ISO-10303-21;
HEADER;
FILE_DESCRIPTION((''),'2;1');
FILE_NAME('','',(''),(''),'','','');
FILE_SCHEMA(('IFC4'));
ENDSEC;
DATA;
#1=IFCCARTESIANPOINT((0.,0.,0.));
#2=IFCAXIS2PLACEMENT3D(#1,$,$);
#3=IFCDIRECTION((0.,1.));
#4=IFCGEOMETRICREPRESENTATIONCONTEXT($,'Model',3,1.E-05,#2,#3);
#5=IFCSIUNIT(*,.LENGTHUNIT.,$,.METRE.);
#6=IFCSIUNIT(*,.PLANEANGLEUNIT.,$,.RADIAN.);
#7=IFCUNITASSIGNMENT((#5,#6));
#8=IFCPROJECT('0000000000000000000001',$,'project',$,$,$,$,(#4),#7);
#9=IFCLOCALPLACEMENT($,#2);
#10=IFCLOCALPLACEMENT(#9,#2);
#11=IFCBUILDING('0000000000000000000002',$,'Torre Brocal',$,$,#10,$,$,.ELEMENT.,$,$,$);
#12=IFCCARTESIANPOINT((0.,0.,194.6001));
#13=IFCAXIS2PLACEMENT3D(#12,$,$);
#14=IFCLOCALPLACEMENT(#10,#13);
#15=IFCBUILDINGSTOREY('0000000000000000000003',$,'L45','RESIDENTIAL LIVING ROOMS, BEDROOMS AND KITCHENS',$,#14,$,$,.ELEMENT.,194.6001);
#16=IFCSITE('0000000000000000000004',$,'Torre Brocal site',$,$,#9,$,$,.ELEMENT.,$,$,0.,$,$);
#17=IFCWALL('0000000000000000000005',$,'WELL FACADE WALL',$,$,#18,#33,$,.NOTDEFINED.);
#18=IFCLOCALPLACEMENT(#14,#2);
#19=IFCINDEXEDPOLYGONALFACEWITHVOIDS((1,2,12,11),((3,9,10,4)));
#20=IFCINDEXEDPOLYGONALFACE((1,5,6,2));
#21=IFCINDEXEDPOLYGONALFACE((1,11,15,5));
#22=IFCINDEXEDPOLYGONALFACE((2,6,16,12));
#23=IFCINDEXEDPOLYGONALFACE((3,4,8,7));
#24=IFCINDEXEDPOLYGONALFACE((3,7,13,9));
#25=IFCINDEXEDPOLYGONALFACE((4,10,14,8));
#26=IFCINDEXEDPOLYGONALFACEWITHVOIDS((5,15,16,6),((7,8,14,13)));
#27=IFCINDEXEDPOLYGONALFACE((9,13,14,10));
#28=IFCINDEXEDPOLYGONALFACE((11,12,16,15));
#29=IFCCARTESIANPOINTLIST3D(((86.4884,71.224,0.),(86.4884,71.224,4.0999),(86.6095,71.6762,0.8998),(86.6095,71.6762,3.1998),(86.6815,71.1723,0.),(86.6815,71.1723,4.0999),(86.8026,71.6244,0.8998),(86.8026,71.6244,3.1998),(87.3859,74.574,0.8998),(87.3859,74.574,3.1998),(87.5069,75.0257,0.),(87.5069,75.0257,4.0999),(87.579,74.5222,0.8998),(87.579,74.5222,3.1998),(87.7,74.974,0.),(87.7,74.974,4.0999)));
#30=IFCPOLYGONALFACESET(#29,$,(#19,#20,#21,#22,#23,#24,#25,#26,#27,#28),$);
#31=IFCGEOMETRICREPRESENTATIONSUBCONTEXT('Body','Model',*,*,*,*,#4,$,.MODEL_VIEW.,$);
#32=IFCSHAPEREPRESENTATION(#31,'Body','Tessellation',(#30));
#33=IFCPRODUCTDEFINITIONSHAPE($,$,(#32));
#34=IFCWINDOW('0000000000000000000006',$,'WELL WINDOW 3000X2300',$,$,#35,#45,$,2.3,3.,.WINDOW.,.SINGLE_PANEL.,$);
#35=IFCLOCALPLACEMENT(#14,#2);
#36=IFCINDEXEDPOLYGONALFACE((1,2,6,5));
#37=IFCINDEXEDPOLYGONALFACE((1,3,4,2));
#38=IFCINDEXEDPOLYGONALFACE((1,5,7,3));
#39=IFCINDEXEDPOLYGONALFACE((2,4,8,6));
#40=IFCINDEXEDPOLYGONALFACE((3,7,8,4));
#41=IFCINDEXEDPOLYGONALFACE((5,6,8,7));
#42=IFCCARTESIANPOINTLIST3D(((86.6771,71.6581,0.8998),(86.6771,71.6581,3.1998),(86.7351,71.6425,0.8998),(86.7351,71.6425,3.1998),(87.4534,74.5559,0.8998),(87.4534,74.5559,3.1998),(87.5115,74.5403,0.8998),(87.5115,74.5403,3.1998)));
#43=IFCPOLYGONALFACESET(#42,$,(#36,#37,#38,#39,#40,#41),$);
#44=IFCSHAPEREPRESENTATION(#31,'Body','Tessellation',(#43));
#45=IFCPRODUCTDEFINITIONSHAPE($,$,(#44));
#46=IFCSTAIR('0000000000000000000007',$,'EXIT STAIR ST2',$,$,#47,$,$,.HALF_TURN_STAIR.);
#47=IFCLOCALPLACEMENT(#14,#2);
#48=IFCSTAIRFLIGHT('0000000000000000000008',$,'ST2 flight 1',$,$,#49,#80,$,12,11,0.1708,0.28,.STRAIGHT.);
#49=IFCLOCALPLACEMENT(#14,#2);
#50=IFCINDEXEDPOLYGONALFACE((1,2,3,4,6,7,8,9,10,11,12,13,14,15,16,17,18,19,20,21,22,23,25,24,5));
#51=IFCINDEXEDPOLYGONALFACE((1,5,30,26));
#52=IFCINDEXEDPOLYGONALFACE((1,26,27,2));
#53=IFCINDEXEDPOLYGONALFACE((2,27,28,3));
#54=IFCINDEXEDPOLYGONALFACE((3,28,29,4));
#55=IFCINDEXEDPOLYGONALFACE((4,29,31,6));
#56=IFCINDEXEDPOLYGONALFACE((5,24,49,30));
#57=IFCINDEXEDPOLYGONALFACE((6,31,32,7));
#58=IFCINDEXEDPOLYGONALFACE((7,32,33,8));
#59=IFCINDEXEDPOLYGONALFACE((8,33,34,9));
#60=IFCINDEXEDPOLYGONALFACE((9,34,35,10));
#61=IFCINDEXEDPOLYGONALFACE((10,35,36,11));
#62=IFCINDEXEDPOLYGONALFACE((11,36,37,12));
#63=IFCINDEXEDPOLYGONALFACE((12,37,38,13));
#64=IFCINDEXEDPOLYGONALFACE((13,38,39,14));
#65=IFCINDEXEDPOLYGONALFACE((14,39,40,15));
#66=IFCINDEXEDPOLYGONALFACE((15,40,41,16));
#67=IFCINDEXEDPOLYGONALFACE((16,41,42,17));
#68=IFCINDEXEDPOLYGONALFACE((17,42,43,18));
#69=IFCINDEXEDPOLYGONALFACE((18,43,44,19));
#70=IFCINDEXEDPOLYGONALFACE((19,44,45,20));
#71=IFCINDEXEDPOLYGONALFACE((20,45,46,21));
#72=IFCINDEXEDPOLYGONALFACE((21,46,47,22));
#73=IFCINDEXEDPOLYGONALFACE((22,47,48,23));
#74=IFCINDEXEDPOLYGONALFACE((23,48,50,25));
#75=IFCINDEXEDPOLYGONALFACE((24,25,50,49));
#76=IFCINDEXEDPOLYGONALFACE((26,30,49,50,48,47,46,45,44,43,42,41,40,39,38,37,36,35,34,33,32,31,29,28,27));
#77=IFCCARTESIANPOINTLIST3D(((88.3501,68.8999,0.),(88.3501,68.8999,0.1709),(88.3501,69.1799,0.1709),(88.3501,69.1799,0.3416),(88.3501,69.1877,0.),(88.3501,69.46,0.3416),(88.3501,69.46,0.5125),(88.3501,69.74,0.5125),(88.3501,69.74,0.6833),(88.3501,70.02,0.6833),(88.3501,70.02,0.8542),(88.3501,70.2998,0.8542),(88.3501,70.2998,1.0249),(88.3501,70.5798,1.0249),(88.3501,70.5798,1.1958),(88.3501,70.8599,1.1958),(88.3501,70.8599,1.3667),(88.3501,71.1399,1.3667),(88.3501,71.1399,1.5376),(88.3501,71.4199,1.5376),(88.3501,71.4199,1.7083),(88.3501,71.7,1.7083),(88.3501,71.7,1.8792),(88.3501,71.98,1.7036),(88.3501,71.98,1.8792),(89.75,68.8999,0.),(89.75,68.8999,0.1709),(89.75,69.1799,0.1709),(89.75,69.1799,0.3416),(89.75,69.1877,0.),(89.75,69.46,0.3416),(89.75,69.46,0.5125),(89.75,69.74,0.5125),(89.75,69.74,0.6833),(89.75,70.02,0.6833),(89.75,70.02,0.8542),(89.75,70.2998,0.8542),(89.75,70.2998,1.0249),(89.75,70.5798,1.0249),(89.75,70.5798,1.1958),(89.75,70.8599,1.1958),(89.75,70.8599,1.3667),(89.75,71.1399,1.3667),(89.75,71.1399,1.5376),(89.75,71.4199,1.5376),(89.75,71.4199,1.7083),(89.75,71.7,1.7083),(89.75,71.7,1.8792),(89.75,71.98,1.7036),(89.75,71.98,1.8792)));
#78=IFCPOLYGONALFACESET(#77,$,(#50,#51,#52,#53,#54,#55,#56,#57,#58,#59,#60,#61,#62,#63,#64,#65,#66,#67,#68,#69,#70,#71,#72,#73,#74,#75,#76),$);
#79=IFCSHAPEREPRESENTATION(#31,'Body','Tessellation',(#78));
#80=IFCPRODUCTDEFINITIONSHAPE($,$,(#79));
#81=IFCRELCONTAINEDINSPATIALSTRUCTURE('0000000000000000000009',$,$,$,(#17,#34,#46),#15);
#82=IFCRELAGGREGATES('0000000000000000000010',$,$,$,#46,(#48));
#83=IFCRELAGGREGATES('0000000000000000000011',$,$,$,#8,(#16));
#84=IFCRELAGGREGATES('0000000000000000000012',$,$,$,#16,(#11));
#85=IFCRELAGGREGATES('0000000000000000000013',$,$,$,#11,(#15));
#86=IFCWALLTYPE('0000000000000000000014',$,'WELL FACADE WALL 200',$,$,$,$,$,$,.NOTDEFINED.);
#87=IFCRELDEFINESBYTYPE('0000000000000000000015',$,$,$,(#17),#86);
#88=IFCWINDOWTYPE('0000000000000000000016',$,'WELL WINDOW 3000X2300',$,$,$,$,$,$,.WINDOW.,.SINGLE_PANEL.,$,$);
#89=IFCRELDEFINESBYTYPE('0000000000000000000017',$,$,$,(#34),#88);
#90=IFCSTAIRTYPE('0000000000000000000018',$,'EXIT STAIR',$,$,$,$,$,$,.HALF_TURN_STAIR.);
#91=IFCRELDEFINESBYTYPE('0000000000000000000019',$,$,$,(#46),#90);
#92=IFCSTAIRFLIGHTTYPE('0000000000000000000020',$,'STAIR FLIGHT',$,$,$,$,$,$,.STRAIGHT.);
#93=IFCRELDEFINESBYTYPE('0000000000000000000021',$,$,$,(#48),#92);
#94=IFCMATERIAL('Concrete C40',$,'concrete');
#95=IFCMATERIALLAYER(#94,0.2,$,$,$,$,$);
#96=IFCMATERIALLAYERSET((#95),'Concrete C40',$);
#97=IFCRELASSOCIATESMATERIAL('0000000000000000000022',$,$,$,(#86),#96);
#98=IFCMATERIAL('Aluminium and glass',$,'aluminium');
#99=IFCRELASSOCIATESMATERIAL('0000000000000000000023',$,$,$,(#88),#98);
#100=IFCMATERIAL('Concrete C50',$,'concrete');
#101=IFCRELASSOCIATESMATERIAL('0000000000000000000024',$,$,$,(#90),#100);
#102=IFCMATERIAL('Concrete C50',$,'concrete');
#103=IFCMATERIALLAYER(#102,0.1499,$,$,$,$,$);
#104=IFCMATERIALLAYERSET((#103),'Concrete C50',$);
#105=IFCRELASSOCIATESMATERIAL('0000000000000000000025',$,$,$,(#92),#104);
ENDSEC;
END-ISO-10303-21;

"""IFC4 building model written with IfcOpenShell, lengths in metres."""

from ifc_helpers import new_model, si_unit, direction, frame, frame_2d, origin, place, context, subcontext, project, spatial, polyline, rectangle, outline, extrude, material, layer, layer_set, type_object, element, fill, aggregate, save


model = new_model("IFC4")

# Units and contexts
model_context = context("Model", 3, precision=1e-05, world=origin(), true_north=direction((0.0, 1.0)))
body_context = subcontext(model_context, "Body", "Model", "MODEL_VIEW")
ifc_project = project(units=[si_unit("LENGTHUNIT", "METRE"), si_unit("PLANEANGLEUNIT", "RADIAN")], contexts=[model_context])

# Site, building, storey
site_placement = place(None, origin())
site = spatial("IfcSite", under=ifc_project, at=site_placement, Name="Torre Brocal site", CompositionType="ELEMENT", RefElevation=0.0)
building_placement = place(site_placement, origin())
building = spatial("IfcBuilding", under=site, at=building_placement, Name="Torre Brocal", CompositionType="ELEMENT")
storey_placement = place(building_placement, frame((0.0, 0.0, 194.6001)))
storey = spatial("IfcBuildingStorey", under=building, at=storey_placement, Name="L45", Description="RESIDENTIAL LIVING ROOMS, BEDROOMS AND KITCHENS", CompositionType="ELEMENT", Elevation=194.6001)

# Wall, opening, window
ifc_material_1 = material(Name="Concrete C40", Category="concrete")
ifc_layer_1 = layer(ifc_material_1, 0.2)
ifc_layer_set_1 = layer_set([ifc_layer_1], Name="Concrete C40")
wall_type_1 = type_object("IfcWallType", Name="WELL FACADE WALL 200", PredefinedType="NOTDEFINED", material=ifc_layer_set_1)
ifc_material_2 = material(Name="Aluminium and glass", Category="aluminium")
window_type = type_object("IfcWindowType", Name="WELL WINDOW 3000X2300", PartitioningType="SINGLE_PANEL", PredefinedType="WINDOW", material=ifc_material_2)
wall_1_placement = place(storey_placement, frame((86.585, 71.1982, 0.0), z_axis=(0.0, 0.0, 1.0), x_axis=(0.25879, 0.965934, 0.0)))
wall_1 = element("IfcWall", 1, at=wall_1_placement, inside=storey, type_object=wall_type_1, Name="WELL FACADE WALL", PredefinedType="NOTDEFINED", context=body_context, shape_type="SweptSolid", body=[
    extrude(rectangle(XDim=3.9358, YDim=0.2, at=frame_2d((1.9678, 0.0))), origin(), (0.0, 0.0, 1.0), 4.0999),
])
opening_1_placement = place(wall_1_placement, frame((0.468, 0.0, 0.8999)))
opening_1 = element("IfcOpeningElement", 2, at=opening_1_placement, cuts=wall_1, PredefinedType="OPENING", context=body_context, shape_type="SweptSolid", body=[
    extrude(rectangle(XDim=3.0, YDim=2.3, at=frame_2d((1.5, 1.1499))), frame((0.0, 0.1099, 0.0), z_axis=(0.0, -1.0, 0.0), x_axis=(1.0, 0.0, 0.0)), (0.0, 0.0, 1.0), 0.22),
])
window_1_placement = place(opening_1_placement, origin())
window_1 = element("IfcWindow", 3, at=window_1_placement, inside=storey, type_object=window_type, Name="WELL WINDOW 3000X2300", OverallHeight=2.3, OverallWidth=3.0, PartitioningType="SINGLE_PANEL", PredefinedType="WINDOW", context=body_context, shape_type="SweptSolid", body=[
    extrude(rectangle(XDim=3.0, YDim=2.3, at=frame_2d((1.5, 1.1499))), frame((0.0, 0.03, 0.0), z_axis=(0.0, -1.0, 0.0), x_axis=(1.0, 0.0, 0.0)), (0.0, 0.0, 1.0), 0.0601),
])
fill(opening_1, window_1)

# Stair, stair flight
ifc_material_3 = material(Name="Concrete C50", Category="concrete")
stair_type = type_object("IfcStairType", Name="EXIT STAIR", PredefinedType="HALF_TURN_STAIR", material=ifc_material_3)
stair_placement = place(storey_placement, origin())
stair = element("IfcStair", 4, at=stair_placement, inside=storey, type_object=stair_type, Name="EXIT STAIR ST2", PredefinedType="HALF_TURN_STAIR")
ifc_material_4 = material(Name="Concrete C50", Category="concrete")
ifc_layer_2 = layer(ifc_material_4, 0.1499)
ifc_layer_set_2 = layer_set([ifc_layer_2], Name="Concrete C50")
stair_flight_type = type_object("IfcStairFlightType", Name="STAIR FLIGHT", PredefinedType="STRAIGHT", material=ifc_layer_set_2)
stair_flight_placement = place(storey_placement, frame((89.05, 68.8999, 0.0), z_axis=(0.0, 0.0, 1.0), x_axis=(0.0, 1.0, 0.0)))
stair_flight = element("IfcStairFlight", 5, at=stair_flight_placement, type_object=stair_flight_type, Name="ST2 flight 1", NumberOfRisers=12, NumberOfTreads=11, PredefinedType="STRAIGHT", RiserHeight=0.1708, TreadLength=0.28, context=body_context, shape_type="SweptSolid", body=[
    extrude(outline(polyline([(0.0, 0.0), (0.0, 0.1709), (0.28, 0.1709), (0.28, 0.3416), (0.5601, 0.3416), (0.5601, 0.5125), (0.8401, 0.5125), (0.8401, 0.6833), (1.1201, 0.6833), (1.1201, 0.8542), (1.3999, 0.8542), (1.3999, 1.0249), (1.6799, 1.0249), (1.6799, 1.1958), (1.96, 1.1958), (1.96, 1.3667), (2.24, 1.3667), (2.24, 1.5376), (2.52, 1.5376), (2.52, 1.7083), (2.8, 1.7083), (2.8, 1.8792), (3.0801, 1.8792), (3.0801, 2.05), (3.0801, 1.7036), (0.2878, 0.0), (0.0, 0.0)])), frame((0.0, 0.7, 0.0), z_axis=(0.0, -1.0, 0.0), x_axis=(1.0, 0.0, 0.0)), (0.0, 0.0, 1.0), 1.3999),
])
aggregate(stair, [stair_flight])

save(model, "model.ifc")
